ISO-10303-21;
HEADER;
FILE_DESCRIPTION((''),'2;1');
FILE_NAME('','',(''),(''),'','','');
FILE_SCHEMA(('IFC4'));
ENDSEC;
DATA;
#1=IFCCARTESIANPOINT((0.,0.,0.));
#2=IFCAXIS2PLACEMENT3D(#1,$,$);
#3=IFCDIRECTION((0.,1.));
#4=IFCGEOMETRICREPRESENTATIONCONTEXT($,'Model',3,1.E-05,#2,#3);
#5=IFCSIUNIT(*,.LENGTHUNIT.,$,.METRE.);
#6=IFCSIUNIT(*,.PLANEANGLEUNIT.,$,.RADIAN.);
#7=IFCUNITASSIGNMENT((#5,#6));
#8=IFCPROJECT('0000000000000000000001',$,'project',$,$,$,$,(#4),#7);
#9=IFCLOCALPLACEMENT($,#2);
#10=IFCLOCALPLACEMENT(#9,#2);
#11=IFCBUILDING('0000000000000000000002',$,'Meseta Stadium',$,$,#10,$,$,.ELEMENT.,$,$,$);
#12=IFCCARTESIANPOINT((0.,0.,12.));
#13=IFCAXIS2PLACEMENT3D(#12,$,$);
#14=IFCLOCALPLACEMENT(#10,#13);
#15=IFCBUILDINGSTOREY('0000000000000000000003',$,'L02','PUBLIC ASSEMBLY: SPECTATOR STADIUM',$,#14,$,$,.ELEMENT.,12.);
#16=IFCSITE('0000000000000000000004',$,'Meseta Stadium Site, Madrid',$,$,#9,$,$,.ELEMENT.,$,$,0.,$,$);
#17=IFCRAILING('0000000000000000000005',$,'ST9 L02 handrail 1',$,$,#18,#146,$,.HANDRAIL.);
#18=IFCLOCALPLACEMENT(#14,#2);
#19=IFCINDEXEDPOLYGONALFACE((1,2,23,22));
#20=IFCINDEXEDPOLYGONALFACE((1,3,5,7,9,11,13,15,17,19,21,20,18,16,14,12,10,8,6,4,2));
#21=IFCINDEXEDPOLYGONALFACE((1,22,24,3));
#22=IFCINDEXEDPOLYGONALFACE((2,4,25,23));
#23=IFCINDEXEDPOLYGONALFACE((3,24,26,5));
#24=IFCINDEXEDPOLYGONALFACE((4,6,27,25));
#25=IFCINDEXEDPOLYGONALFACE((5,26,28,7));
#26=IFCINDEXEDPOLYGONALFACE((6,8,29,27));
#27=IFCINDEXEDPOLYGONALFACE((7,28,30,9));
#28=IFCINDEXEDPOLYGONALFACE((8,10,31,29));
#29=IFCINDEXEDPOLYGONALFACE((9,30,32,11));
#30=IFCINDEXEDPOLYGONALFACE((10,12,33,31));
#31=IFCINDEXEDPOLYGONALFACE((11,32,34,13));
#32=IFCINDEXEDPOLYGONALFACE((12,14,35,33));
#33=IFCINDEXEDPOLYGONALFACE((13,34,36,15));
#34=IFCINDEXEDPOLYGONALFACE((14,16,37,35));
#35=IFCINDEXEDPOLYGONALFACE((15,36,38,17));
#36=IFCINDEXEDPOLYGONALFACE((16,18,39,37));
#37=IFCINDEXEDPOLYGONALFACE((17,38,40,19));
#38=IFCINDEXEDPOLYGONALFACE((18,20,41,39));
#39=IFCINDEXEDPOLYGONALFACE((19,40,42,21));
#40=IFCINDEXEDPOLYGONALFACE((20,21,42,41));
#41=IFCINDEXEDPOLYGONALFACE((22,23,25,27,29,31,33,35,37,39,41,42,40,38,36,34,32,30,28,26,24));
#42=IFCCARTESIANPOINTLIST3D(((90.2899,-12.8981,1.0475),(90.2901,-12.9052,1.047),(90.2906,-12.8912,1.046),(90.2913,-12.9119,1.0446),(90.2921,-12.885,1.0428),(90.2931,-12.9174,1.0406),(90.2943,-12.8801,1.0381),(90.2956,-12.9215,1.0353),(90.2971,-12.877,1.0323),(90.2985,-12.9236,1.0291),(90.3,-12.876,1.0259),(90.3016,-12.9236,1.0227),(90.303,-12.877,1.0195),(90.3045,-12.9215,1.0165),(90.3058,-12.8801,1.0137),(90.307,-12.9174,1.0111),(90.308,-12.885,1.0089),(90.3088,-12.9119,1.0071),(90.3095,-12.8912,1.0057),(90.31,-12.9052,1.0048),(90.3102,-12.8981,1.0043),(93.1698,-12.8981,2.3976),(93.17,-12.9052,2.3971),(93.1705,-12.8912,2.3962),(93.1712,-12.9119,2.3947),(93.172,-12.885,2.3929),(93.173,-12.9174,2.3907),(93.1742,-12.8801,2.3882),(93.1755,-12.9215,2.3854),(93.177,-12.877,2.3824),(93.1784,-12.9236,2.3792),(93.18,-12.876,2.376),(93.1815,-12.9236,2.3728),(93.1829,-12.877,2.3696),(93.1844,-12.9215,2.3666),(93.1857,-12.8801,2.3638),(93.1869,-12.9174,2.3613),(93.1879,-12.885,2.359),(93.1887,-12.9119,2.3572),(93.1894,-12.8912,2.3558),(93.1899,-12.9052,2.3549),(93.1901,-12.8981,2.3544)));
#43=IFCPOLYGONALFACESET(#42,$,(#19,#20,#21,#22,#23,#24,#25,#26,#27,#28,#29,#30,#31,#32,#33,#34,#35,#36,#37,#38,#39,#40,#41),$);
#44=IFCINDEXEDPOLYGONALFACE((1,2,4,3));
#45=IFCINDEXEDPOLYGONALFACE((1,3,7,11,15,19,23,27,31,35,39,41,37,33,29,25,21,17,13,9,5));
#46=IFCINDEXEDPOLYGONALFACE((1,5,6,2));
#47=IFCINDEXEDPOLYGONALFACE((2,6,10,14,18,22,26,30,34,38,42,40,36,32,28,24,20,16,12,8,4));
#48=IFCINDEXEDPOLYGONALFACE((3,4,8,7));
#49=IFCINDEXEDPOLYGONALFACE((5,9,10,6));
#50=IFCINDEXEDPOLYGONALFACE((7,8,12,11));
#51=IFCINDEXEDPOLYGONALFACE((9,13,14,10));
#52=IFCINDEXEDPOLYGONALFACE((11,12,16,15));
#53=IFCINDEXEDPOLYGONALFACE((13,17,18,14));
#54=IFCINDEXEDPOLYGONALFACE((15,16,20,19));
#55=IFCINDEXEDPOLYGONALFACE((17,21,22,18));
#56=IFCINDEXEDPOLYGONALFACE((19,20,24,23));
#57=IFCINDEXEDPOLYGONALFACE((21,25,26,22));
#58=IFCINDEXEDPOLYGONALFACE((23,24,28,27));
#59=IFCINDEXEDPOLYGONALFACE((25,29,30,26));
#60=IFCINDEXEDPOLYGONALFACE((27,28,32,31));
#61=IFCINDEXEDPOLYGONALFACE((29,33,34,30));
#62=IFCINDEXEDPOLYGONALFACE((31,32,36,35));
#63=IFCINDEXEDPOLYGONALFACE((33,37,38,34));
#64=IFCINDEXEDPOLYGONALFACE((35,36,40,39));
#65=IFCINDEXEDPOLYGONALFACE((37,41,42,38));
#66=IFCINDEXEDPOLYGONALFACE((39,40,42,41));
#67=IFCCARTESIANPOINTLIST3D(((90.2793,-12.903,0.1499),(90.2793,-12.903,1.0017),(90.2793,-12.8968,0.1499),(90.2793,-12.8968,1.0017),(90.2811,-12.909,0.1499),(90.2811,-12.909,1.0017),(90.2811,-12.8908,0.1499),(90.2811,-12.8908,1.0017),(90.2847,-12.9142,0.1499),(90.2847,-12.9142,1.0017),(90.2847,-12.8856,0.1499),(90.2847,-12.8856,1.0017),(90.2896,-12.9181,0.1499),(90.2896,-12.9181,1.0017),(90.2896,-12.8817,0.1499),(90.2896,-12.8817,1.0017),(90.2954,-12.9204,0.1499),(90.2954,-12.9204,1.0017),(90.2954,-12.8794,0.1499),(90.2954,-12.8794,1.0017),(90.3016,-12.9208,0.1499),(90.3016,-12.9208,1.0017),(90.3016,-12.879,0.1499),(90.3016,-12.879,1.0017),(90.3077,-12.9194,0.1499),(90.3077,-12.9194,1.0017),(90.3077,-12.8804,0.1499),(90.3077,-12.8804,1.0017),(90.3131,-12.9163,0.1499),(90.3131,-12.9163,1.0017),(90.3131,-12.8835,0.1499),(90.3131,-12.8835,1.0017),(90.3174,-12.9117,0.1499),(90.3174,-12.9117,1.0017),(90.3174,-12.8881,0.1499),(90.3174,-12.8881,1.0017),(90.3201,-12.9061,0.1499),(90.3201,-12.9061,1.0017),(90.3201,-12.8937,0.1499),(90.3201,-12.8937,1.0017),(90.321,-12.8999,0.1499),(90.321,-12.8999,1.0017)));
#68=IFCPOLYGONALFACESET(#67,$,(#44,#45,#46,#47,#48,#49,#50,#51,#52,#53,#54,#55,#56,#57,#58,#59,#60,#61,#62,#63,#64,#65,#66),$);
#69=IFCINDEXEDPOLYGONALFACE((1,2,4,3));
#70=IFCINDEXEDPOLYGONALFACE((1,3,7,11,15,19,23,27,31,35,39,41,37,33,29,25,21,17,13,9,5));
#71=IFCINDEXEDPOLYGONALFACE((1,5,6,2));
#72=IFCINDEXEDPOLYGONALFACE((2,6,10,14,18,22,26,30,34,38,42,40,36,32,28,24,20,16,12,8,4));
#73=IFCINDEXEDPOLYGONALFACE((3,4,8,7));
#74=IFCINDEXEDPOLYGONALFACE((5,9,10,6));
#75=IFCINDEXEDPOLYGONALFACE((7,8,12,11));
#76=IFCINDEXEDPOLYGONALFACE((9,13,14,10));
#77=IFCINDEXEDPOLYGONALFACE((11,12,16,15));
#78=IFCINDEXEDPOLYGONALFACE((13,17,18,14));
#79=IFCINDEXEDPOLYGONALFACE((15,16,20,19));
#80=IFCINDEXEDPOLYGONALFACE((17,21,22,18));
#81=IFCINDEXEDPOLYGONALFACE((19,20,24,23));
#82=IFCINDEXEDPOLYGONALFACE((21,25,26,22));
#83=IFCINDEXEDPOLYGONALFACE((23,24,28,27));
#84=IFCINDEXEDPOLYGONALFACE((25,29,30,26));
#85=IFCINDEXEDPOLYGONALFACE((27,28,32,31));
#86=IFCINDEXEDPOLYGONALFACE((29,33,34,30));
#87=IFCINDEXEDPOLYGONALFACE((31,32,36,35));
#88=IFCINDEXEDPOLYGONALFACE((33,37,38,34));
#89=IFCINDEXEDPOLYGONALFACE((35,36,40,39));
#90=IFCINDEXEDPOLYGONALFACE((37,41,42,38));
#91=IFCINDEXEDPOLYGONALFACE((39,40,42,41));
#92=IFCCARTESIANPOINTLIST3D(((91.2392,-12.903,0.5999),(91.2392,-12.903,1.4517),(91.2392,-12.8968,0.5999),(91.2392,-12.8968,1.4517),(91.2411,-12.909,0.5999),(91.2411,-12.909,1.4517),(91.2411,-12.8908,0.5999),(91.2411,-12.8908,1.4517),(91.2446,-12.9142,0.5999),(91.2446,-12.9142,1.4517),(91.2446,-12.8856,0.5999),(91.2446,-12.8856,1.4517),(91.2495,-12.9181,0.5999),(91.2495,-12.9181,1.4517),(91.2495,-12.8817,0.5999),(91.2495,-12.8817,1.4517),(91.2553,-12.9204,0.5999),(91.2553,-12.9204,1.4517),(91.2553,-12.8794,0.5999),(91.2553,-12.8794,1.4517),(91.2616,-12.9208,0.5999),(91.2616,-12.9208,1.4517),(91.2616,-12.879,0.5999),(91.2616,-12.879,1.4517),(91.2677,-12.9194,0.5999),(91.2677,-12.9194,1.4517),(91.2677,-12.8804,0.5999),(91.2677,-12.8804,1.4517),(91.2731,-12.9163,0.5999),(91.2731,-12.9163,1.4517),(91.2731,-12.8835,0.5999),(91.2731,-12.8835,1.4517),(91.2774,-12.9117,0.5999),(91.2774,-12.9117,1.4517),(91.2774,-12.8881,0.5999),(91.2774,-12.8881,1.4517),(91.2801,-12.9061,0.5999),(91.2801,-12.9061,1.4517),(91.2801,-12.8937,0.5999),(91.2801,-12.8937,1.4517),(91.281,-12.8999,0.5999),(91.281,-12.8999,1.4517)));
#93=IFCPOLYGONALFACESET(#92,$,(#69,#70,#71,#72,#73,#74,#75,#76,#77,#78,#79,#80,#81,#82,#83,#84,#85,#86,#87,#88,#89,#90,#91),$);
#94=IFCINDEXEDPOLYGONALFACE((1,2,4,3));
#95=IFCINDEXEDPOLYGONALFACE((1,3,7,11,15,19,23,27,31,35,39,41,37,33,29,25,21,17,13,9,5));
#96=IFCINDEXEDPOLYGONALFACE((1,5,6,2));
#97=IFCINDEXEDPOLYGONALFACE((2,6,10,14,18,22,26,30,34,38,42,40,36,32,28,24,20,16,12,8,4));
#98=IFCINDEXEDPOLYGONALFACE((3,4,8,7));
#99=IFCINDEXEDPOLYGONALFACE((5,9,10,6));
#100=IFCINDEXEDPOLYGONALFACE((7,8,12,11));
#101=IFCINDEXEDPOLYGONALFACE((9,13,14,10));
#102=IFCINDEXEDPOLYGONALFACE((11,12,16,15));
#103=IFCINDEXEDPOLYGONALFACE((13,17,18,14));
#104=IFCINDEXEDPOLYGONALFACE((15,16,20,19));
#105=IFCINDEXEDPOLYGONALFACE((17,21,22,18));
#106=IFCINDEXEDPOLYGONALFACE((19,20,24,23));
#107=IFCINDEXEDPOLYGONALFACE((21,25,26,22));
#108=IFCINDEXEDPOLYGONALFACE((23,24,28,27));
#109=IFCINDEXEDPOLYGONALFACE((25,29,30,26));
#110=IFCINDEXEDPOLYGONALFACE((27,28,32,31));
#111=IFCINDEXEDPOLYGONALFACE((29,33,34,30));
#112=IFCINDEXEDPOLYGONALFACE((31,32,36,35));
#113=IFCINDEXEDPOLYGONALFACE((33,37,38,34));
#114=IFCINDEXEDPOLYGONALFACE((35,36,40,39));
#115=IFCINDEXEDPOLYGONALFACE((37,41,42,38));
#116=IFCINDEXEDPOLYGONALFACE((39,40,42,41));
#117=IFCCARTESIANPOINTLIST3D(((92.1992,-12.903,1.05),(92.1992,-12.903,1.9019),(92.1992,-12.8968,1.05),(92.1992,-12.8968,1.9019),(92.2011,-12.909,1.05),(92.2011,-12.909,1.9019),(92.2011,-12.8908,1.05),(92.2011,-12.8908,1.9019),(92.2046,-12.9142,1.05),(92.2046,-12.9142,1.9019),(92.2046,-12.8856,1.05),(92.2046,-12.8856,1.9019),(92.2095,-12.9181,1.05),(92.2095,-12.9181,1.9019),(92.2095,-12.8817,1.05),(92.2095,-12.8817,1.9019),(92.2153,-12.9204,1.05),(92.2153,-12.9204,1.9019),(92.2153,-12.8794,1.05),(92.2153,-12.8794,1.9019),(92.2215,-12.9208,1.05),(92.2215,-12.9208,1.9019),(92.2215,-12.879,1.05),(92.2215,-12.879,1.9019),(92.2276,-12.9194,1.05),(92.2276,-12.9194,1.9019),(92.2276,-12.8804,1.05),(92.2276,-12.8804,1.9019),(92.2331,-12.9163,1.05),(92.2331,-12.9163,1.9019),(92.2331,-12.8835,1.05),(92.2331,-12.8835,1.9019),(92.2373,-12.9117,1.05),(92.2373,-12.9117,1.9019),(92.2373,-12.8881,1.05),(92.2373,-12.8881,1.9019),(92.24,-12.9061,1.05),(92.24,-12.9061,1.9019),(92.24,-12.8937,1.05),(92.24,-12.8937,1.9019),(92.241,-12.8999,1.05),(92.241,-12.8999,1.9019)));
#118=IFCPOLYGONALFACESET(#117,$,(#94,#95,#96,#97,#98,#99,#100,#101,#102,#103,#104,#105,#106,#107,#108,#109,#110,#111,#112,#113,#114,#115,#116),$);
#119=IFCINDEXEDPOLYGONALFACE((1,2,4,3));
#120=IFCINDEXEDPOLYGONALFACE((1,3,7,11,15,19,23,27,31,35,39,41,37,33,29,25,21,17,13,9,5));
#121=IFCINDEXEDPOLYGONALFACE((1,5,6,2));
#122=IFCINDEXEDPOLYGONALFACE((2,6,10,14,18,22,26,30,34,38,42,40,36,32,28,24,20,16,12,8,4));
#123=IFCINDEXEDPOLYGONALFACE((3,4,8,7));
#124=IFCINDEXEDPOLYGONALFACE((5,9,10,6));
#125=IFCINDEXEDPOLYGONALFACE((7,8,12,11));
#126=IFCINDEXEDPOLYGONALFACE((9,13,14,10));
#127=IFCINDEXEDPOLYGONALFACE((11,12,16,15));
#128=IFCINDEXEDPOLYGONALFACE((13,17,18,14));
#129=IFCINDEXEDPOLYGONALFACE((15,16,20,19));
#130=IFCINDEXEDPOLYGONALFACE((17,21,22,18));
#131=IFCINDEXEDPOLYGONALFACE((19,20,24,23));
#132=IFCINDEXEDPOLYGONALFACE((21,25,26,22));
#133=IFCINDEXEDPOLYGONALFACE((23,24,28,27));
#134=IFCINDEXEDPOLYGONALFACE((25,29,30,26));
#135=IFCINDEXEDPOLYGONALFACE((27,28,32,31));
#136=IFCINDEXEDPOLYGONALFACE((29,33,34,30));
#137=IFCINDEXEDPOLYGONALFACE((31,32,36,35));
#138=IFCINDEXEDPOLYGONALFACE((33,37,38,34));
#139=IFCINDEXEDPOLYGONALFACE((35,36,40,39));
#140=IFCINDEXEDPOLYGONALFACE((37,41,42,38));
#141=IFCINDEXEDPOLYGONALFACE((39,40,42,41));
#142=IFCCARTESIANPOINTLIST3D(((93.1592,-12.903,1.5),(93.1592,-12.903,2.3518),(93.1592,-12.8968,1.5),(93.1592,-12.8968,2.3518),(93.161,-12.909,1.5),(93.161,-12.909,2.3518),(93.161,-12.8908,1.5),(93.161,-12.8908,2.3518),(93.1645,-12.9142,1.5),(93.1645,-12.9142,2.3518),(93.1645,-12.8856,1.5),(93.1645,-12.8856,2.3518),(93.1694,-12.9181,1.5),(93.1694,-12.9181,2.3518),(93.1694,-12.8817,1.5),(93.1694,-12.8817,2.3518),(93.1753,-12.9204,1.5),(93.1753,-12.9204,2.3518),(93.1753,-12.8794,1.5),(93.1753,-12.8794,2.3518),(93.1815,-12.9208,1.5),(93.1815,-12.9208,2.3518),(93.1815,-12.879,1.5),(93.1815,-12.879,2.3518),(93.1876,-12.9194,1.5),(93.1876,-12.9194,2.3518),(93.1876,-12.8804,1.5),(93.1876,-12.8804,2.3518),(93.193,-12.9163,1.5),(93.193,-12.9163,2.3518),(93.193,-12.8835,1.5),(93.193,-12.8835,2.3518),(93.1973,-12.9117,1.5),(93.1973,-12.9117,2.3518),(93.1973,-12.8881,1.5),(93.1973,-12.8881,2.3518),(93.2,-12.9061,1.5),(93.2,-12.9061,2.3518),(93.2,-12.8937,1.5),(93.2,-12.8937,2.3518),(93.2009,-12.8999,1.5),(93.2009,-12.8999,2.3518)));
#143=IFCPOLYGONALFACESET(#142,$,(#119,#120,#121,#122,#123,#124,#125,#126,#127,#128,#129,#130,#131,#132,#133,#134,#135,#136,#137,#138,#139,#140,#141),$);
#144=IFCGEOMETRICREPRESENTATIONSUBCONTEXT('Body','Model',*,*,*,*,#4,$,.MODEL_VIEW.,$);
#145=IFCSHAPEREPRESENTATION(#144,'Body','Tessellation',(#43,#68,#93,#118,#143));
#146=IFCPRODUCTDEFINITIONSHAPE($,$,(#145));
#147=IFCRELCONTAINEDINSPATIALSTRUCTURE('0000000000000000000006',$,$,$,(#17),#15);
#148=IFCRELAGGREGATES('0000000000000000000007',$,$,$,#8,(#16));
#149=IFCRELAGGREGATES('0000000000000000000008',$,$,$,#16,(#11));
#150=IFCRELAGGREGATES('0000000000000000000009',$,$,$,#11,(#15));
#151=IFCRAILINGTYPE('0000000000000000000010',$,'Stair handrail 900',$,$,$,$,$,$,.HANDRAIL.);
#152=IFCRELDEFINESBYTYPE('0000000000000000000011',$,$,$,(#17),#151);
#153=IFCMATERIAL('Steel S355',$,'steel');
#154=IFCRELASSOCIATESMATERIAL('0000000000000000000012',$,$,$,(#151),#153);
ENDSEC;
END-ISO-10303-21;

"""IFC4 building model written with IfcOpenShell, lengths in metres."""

from ifc_helpers import new_model, si_unit, direction, frame, origin, origin_2d, place, context, subcontext, project, spatial, circle, extrude, material, type_object, element, save


model = new_model("IFC4")

# Units and contexts
model_context = context("Model", 3, precision=1e-05, world=origin(), true_north=direction((0.0, 1.0)))
body_context = subcontext(model_context, "Body", "Model", "MODEL_VIEW")
ifc_project = project(units=[si_unit("LENGTHUNIT", "METRE"), si_unit("PLANEANGLEUNIT", "RADIAN")], contexts=[model_context])

# Site, building, storey
site_placement = place(None, origin())
site = spatial("IfcSite", under=ifc_project, at=site_placement, Name="Meseta Stadium Site, Madrid", CompositionType="ELEMENT", RefElevation=0.0)
building_placement = place(site_placement, origin())
building = spatial("IfcBuilding", under=site, at=building_placement, Name="Meseta Stadium", CompositionType="ELEMENT")
storey_placement = place(building_placement, frame((0.0, 0.0, 12.0)))
storey = spatial("IfcBuildingStorey", under=building, at=storey_placement, Name="L02", Description="PUBLIC ASSEMBLY: SPECTATOR STADIUM", CompositionType="ELEMENT", Elevation=12.0)

# Railing
ifc_material_1 = material(Name="Steel S355", Category="steel")
railing_type_1 = type_object("IfcRailingType", Name="Stair handrail 900", PredefinedType="HANDRAIL", material=ifc_material_1)
railing_1_placement = place(storey_placement, frame((90.3, -12.8999, 0.1499)))
element("IfcRailing", 1, at=railing_1_placement, inside=storey, type_object=railing_type_1, Name="ST9 L02 handrail 1", PredefinedType="HANDRAIL", context=body_context, shape_type="SweptSolid", body=[
    extrude(circle(Radius=0.0239, at=origin_2d()), frame((0.0, 0.0, 0.876), z_axis=(0.90544, 0.0, 0.424473), x_axis=(0.0, 1.0, 0.0)), (0.0, 0.0, 1.0), 3.1807),
    extrude(circle(Radius=0.021, at=origin_2d()), origin(), (0.0, 0.0, 1.0), 0.8518),
    extrude(circle(Radius=0.021, at=origin_2d()), frame((0.96, 0.0, 0.45)), (0.0, 0.0, 1.0), 0.8518),
    extrude(circle(Radius=0.021, at=origin_2d()), frame((1.9199, 0.0, 0.9001)), (0.0, 0.0, 1.0), 0.8518),
    extrude(circle(Radius=0.021, at=origin_2d()), frame((2.8799, 0.0, 1.3501)), (0.0, 0.0, 1.0), 0.8518),
])

save(model, "model.ifc")
